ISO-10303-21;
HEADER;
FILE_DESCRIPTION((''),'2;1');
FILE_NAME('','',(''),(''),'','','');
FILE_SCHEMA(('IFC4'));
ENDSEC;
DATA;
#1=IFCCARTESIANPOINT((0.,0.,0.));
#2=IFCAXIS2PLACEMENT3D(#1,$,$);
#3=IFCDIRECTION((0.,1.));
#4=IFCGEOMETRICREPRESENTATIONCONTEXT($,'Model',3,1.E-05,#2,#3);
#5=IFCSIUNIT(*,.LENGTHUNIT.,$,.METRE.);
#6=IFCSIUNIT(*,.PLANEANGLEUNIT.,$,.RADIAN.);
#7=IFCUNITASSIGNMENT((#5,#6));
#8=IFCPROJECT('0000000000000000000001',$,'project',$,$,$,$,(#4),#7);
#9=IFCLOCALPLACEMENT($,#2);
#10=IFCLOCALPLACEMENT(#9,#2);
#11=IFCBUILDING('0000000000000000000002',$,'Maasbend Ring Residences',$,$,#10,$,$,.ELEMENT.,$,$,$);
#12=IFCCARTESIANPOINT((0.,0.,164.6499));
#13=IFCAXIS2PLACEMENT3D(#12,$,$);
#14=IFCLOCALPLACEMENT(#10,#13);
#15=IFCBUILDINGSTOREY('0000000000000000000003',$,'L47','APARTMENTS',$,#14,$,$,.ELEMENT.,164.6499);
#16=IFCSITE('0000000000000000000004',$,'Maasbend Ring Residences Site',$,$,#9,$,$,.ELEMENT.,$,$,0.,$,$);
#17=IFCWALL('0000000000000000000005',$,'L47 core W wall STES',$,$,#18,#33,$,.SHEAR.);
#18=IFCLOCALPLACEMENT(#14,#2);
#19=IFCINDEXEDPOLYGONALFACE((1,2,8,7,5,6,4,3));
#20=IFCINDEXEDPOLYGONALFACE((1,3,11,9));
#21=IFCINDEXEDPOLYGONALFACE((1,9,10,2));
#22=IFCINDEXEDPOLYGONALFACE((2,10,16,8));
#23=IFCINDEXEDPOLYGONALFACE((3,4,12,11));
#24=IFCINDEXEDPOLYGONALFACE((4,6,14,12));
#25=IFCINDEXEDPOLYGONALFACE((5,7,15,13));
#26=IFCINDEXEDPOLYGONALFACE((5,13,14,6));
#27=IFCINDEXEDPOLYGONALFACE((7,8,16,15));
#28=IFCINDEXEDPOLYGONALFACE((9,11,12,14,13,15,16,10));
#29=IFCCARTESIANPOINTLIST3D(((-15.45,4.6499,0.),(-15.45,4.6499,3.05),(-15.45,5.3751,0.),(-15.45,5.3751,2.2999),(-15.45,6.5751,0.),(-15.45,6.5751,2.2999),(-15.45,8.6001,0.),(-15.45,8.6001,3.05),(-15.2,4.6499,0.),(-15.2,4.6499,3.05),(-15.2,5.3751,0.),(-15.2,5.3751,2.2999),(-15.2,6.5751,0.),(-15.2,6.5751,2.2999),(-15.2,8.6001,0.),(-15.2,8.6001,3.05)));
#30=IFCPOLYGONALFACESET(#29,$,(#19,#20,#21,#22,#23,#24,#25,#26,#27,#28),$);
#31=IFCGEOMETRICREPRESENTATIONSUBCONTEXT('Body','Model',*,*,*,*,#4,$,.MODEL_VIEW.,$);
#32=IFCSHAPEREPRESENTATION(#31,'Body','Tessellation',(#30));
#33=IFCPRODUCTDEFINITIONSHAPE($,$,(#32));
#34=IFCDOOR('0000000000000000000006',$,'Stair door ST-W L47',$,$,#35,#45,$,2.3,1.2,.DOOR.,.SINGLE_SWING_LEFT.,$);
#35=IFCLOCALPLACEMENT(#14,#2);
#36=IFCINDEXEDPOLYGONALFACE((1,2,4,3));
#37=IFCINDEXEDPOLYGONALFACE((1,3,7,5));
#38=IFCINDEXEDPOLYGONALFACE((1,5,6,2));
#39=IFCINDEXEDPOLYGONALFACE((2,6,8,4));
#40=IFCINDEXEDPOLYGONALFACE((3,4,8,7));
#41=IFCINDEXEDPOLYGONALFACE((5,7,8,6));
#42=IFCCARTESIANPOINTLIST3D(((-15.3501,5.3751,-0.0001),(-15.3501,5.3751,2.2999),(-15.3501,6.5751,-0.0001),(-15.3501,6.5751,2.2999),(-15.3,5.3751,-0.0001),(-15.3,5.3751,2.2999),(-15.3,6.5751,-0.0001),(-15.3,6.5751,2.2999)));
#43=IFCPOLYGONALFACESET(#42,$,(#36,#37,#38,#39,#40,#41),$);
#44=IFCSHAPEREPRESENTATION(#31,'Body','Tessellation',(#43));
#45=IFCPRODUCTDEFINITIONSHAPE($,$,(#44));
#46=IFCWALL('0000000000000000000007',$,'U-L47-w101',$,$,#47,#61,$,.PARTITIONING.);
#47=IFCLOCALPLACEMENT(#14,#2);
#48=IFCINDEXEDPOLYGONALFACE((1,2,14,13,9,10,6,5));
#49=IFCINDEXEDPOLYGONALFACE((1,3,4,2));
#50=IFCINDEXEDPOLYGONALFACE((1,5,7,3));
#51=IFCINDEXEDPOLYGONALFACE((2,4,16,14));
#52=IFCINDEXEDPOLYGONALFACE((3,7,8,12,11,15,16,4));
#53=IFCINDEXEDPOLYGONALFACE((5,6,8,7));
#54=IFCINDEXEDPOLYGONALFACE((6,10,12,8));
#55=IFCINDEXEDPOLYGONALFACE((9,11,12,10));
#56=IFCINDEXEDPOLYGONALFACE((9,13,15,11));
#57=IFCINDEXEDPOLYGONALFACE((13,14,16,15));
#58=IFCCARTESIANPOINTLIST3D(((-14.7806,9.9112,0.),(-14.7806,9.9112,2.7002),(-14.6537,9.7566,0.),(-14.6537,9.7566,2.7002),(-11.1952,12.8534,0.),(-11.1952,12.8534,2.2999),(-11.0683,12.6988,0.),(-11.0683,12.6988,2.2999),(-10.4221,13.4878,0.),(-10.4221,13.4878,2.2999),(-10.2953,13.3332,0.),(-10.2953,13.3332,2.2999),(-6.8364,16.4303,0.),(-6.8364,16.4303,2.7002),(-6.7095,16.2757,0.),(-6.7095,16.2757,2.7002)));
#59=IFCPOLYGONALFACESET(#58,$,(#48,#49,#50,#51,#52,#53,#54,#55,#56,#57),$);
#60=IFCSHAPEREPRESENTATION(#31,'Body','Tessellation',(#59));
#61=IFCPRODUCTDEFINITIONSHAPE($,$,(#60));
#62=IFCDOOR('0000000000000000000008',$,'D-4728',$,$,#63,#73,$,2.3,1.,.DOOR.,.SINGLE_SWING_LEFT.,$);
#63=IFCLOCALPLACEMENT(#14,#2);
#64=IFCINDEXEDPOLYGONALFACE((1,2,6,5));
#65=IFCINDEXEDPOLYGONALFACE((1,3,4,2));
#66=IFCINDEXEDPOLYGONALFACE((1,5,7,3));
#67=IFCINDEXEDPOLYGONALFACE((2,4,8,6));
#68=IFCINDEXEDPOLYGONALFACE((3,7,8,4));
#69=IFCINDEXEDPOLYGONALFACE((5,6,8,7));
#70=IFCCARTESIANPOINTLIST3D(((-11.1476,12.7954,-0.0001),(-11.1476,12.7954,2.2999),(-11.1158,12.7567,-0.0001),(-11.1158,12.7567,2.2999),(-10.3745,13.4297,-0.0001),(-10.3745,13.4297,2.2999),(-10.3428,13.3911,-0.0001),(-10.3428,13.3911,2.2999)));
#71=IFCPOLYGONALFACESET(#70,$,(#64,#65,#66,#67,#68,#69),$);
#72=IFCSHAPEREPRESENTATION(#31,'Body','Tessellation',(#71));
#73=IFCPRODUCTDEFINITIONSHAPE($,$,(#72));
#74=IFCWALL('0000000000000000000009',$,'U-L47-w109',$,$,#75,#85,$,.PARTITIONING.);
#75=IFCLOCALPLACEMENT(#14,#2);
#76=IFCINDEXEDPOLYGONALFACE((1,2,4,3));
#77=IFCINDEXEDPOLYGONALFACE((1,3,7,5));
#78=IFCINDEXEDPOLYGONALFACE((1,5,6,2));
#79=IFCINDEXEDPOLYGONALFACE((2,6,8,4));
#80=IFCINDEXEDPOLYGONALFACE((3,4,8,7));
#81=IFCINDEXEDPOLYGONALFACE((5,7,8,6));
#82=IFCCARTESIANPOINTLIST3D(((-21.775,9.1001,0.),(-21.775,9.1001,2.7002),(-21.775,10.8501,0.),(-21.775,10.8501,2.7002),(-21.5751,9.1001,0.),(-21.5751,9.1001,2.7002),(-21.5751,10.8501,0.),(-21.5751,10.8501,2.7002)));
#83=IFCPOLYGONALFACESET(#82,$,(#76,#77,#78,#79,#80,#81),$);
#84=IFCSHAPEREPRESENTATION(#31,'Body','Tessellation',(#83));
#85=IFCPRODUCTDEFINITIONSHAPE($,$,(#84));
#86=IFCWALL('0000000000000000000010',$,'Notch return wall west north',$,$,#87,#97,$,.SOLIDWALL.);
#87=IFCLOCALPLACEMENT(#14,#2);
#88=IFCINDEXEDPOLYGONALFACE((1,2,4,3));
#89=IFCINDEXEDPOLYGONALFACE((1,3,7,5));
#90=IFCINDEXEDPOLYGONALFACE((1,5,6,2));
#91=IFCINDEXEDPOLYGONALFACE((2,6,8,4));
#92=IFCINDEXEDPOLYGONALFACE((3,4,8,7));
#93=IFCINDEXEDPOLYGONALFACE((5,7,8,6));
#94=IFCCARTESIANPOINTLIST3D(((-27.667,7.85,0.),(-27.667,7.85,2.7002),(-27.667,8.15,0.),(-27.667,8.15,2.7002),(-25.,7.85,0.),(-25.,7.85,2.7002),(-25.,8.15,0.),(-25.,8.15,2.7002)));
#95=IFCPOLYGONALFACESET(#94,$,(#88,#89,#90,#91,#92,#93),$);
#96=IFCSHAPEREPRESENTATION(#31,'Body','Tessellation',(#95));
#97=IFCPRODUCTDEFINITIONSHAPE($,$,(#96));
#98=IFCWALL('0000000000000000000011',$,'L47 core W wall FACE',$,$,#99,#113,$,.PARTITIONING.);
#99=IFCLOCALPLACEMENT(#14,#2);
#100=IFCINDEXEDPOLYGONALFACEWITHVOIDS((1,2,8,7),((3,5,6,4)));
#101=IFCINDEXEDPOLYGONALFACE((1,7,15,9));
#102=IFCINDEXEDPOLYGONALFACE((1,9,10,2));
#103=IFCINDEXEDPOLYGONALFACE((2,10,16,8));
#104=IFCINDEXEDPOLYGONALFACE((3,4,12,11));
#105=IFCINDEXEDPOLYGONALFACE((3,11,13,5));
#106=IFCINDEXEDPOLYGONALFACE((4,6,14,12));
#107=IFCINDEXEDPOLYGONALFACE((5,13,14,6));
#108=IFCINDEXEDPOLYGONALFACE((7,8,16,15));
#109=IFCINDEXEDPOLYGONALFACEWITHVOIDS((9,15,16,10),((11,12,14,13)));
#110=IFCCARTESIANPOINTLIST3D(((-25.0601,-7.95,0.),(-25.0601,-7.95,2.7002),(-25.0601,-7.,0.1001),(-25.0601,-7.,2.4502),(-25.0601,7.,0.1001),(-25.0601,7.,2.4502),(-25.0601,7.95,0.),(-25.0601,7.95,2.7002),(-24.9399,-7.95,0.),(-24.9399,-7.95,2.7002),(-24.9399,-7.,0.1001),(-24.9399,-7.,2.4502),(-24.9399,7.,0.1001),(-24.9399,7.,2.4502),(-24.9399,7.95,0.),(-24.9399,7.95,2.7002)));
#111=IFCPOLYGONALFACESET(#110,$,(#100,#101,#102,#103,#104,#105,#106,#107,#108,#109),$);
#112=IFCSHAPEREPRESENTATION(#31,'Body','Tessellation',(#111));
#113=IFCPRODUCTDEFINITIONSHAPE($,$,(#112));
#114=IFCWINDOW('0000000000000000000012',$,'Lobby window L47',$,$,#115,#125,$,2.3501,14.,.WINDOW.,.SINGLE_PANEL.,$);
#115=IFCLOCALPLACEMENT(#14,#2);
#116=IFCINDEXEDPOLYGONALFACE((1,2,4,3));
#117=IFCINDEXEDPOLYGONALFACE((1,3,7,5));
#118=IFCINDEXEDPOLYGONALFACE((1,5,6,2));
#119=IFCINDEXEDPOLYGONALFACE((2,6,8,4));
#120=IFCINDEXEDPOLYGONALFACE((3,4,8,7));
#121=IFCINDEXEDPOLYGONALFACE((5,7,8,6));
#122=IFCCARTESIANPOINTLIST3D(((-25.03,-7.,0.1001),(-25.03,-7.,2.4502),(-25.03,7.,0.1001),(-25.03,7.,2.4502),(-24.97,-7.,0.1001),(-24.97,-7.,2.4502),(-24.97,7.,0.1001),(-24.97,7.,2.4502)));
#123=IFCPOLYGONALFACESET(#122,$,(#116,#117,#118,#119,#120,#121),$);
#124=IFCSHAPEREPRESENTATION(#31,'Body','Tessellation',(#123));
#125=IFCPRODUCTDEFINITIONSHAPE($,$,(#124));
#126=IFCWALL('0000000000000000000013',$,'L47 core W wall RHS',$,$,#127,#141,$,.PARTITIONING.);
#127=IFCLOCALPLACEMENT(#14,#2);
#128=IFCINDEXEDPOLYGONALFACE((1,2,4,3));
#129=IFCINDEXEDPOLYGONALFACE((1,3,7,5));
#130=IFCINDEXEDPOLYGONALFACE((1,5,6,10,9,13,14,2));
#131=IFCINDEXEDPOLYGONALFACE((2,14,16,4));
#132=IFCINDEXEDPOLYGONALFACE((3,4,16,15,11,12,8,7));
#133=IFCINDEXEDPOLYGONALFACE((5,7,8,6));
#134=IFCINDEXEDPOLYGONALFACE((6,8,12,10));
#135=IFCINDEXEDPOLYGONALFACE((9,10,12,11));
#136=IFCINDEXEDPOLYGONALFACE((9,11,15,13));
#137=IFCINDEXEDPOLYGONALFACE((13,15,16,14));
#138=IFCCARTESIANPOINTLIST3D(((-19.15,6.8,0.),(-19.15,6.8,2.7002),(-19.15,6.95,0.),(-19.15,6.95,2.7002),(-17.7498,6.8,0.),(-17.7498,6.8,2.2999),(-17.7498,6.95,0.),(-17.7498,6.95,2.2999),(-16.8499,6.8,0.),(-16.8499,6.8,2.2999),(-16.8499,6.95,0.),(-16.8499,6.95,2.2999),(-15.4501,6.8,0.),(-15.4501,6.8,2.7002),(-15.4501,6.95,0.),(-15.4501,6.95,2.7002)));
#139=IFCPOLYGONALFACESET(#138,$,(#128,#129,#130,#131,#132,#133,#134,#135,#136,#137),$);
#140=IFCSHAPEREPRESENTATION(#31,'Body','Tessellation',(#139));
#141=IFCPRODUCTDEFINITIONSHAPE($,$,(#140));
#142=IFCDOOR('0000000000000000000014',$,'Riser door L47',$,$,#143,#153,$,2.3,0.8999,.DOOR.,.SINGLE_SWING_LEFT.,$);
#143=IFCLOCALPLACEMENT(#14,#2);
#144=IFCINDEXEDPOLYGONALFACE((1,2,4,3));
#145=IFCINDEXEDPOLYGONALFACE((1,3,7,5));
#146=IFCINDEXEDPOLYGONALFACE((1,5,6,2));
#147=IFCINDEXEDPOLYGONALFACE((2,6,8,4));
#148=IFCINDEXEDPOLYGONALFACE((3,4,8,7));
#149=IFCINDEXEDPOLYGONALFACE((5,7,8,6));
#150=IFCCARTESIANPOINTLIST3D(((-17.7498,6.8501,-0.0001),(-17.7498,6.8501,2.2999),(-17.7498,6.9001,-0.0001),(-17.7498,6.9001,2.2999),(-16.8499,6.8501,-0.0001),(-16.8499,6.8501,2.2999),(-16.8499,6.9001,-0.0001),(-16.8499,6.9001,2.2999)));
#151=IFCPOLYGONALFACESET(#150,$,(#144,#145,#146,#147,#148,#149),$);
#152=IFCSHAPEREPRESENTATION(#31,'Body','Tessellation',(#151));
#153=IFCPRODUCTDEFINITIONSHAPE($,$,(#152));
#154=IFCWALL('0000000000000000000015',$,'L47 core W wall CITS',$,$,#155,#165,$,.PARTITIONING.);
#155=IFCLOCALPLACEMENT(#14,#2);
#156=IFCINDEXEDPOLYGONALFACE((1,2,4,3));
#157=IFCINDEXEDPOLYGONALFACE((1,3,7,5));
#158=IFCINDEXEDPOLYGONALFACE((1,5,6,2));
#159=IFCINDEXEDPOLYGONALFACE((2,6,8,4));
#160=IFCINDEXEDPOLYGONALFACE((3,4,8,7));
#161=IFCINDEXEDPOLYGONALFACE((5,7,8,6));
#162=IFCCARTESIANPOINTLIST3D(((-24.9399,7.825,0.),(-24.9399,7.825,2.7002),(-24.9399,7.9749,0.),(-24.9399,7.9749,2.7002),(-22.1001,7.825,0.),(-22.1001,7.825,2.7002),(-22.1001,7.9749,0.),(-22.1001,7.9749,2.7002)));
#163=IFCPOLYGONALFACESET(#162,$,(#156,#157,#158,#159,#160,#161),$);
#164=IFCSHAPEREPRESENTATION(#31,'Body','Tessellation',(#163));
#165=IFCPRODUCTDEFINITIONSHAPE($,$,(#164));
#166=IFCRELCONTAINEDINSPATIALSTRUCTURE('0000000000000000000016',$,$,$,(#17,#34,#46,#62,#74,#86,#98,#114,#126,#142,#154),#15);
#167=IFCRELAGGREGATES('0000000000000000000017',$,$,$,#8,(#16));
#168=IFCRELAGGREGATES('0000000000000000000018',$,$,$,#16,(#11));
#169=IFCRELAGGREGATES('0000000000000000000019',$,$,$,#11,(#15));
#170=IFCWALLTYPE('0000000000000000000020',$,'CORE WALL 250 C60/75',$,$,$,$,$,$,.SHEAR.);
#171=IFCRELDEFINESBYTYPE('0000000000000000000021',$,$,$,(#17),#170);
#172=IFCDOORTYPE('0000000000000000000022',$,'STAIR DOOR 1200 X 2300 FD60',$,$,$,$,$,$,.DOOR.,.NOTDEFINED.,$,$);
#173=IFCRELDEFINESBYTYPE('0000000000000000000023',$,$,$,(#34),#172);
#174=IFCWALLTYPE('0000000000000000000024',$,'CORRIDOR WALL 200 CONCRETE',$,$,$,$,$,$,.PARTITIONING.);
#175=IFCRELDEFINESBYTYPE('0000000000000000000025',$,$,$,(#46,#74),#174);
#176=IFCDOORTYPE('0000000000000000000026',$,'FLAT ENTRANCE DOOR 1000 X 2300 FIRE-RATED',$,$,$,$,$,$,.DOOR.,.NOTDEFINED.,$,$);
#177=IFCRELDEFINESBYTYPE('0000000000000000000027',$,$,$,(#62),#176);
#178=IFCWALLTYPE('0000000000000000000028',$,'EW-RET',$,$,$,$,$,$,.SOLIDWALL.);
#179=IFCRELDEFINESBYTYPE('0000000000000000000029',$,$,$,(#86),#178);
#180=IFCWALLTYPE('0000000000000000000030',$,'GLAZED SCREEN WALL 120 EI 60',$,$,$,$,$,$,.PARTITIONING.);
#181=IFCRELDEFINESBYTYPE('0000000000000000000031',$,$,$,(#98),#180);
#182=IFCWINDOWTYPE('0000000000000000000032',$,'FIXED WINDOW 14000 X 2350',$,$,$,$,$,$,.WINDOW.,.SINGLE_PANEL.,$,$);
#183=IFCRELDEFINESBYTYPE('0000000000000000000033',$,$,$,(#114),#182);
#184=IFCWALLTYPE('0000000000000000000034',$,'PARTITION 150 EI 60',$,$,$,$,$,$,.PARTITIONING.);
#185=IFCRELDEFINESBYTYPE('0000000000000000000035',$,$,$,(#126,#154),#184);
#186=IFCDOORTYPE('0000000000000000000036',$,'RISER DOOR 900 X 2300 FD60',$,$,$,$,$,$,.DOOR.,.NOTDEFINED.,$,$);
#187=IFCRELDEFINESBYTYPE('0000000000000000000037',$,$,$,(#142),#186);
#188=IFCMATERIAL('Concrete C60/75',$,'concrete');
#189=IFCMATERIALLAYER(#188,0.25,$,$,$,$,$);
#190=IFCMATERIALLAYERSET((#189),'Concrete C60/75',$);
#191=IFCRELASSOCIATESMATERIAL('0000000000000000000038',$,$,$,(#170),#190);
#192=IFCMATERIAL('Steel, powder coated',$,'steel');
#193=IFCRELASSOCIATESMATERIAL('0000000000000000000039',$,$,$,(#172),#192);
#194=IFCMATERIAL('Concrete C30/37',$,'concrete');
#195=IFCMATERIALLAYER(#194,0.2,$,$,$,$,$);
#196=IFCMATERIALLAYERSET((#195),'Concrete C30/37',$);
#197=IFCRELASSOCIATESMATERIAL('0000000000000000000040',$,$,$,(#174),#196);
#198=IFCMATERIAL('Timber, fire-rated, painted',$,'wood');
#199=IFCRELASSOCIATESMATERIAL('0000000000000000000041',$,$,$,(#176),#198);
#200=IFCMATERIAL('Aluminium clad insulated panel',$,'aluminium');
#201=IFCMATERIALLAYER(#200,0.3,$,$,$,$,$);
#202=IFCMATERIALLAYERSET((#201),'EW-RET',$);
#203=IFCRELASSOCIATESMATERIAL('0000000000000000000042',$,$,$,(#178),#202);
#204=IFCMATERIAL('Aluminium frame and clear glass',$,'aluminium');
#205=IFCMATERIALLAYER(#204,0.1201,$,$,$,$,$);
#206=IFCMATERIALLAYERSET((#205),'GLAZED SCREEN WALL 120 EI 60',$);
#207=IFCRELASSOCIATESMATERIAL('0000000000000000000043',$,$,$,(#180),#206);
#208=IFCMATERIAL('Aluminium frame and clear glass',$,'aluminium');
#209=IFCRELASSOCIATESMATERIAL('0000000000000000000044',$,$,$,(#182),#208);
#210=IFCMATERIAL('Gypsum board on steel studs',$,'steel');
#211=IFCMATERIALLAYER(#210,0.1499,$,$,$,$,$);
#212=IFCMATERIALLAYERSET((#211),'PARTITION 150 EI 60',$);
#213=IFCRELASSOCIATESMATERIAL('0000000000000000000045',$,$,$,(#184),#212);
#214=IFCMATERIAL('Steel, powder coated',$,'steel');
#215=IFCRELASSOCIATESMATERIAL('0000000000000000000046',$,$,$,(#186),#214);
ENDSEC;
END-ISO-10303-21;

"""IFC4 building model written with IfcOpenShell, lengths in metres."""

from ifc_helpers import new_model, si_unit, direction, frame, frame_2d, origin, place, context, subcontext, project, spatial, rectangle, extrude, material, layer, layer_set, type_object, element, fill, save


model = new_model("IFC4")

# Units and contexts
model_context = context("Model", 3, precision=1e-05, world=origin(), true_north=direction((0.0, 1.0)))
body_context = subcontext(model_context, "Body", "Model", "MODEL_VIEW")
ifc_project = project(units=[si_unit("LENGTHUNIT", "METRE"), si_unit("PLANEANGLEUNIT", "RADIAN")], contexts=[model_context])

# Site, building, storey
site_placement = place(None, origin())
site = spatial("IfcSite", under=ifc_project, at=site_placement, Name="Maasbend Ring Residences Site", CompositionType="ELEMENT", RefElevation=0.0)
building_placement = place(site_placement, origin())
building = spatial("IfcBuilding", under=site, at=building_placement, Name="Maasbend Ring Residences", CompositionType="ELEMENT")
storey_placement = place(building_placement, frame((0.0, 0.0, 164.6499)))
storey = spatial("IfcBuildingStorey", under=building, at=storey_placement, Name="L47", Description="APARTMENTS", CompositionType="ELEMENT", Elevation=164.6499)

# Walls, openings, doors
ifc_material_1 = material(Name="Concrete C60/75", Category="concrete")
ifc_layer_1 = layer(ifc_material_1, 0.25)
ifc_layer_set_1 = layer_set([ifc_layer_1], Name="Concrete C60/75")
wall_type_1 = type_object("IfcWallType", Name="CORE WALL 250 C60/75", PredefinedType="SHEAR", material=ifc_layer_set_1)
wall_1_placement = place(storey_placement, frame((-15.325, 8.6001, 0.0), z_axis=(0.0, 0.0, 1.0), x_axis=(0.0, -1.0, 0.0)))
wall_1 = element("IfcWall", 1, at=wall_1_placement, inside=storey, type_object=wall_type_1, Name="L47 core W wall STES", PredefinedType="SHEAR", context=body_context, shape_type="SweptSolid", body=[
    extrude(rectangle(XDim=3.9502, YDim=0.25, at=frame_2d((1.9751, 0.0))), origin(), (0.0, 0.0, 1.0), 3.05),
])
opening_1_placement = place(wall_1_placement, frame((2.0249, 0.0, 0.0)))
opening_1 = element("IfcOpeningElement", 2, at=opening_1_placement, cuts=wall_1, PredefinedType="OPENING", context=body_context, shape_type="SweptSolid", body=[
    extrude(rectangle(XDim=1.2, YDim=2.3, at=frame_2d((0.6001, 1.1499))), frame((0.0, 0.135, 0.0), z_axis=(0.0, -1.0, 0.0), x_axis=(1.0, 0.0, 0.0)), (0.0, 0.0, 1.0), 0.27),
])
ifc_material_2 = material(Name="Steel, powder coated", Category="steel")
door_type_1 = type_object("IfcDoorType", Name="STAIR DOOR 1200 X 2300 FD60", OperationType="NOTDEFINED", PredefinedType="DOOR", material=ifc_material_2)
door_1_placement = place(opening_1_placement, origin())
door_1 = element("IfcDoor", 3, at=door_1_placement, inside=storey, type_object=door_type_1, Name="Stair door ST-W L47", OperationType="SINGLE_SWING_LEFT", OverallHeight=2.3, OverallWidth=1.2, PredefinedType="DOOR", context=body_context, shape_type="SweptSolid", body=[
    extrude(rectangle(XDim=1.2, YDim=2.3, at=frame_2d((0.6001, 1.1499))), frame((0.0, 0.0249, 0.0), z_axis=(0.0, -1.0, 0.0), x_axis=(1.0, 0.0, 0.0)), (0.0, 0.0, 1.0), 0.05),
])
fill(opening_1, door_1)
ifc_material_3 = material(Name="Concrete C30/37", Category="concrete")
ifc_layer_2 = layer(ifc_material_3, 0.2)
ifc_layer_set_2 = layer_set([ifc_layer_2], Name="Concrete C30/37")
wall_type_2 = type_object("IfcWallType", Name="CORRIDOR WALL 200 CONCRETE", PredefinedType="PARTITIONING", material=ifc_layer_set_2)
wall_2_placement = place(storey_placement, frame((-14.717, 9.834, 0.0), z_axis=(0.0, 0.0, 1.0), x_axis=(0.773035, 0.634364, 0.0)))
wall_2 = element("IfcWall", 4, at=wall_2_placement, inside=storey, type_object=wall_type_2, Name="U-L47-w101", PredefinedType="PARTITIONING", context=body_context, shape_type="SweptSolid", body=[
    extrude(rectangle(XDim=10.2766, YDim=0.2, at=frame_2d((5.1382, 0.0))), origin(), (0.0, 0.0, 1.0), 2.7002),
])
opening_2_placement = place(wall_2_placement, frame((4.6379, 0.0, 0.0)))
opening_2 = element("IfcOpeningElement", 5, at=opening_2_placement, cuts=wall_2, PredefinedType="OPENING", context=body_context, shape_type="SweptSolid", body=[
    extrude(rectangle(XDim=1.0, YDim=2.3, at=frame_2d((0.5, 1.1499))), frame((0.0, 0.1099, 0.0), z_axis=(0.0, -1.0, 0.0), x_axis=(1.0, 0.0, 0.0)), (0.0, 0.0, 1.0), 0.22),
])
ifc_material_4 = material(Name="Timber, fire-rated, painted", Category="wood")
door_type_2 = type_object("IfcDoorType", Name="FLAT ENTRANCE DOOR 1000 X 2300 FIRE-RATED", OperationType="NOTDEFINED", PredefinedType="DOOR", material=ifc_material_4)
door_2_placement = place(opening_2_placement, origin())
door_2 = element("IfcDoor", 6, at=door_2_placement, inside=storey, type_object=door_type_2, Name="D-4728", OperationType="SINGLE_SWING_LEFT", OverallHeight=2.3, OverallWidth=1.0, PredefinedType="DOOR", context=body_context, shape_type="SweptSolid", body=[
    extrude(rectangle(XDim=1.0, YDim=2.3, at=frame_2d((0.5, 1.1499))), frame((0.0, 0.0249, 0.0), z_axis=(0.0, -1.0, 0.0), x_axis=(1.0, 0.0, 0.0)), (0.0, 0.0, 1.0), 0.05),
])
fill(opening_2, door_2)

# Walls
wall_3_placement = place(storey_placement, frame((-21.675, 9.1001, 0.0), z_axis=(0.0, 0.0, 1.0), x_axis=(0.0, 1.0, 0.0)))
element("IfcWall", 7, at=wall_3_placement, inside=storey, type_object=wall_type_2, Name="U-L47-w109", PredefinedType="PARTITIONING", context=body_context, shape_type="SweptSolid", body=[
    extrude(rectangle(XDim=1.75, YDim=0.2, at=frame_2d((0.875, 0.0))), origin(), (0.0, 0.0, 1.0), 2.7002),
])
ifc_material_5 = material(Name="Aluminium clad insulated panel", Category="aluminium")
ifc_layer_3 = layer(ifc_material_5, 0.3)
ifc_layer_set_3 = layer_set([ifc_layer_3], Name="EW-RET")
wall_type_3 = type_object("IfcWallType", Name="EW-RET", PredefinedType="SOLIDWALL", material=ifc_layer_set_3)
wall_4_placement = place(storey_placement, frame((-25.0, 8.0, 0.0), z_axis=(0.0, 0.0, 1.0), x_axis=(-1.0, 0.0, 0.0)))
element("IfcWall", 8, at=wall_4_placement, inside=storey, type_object=wall_type_3, Name="Notch return wall west north", PredefinedType="SOLIDWALL", context=body_context, shape_type="SweptSolid", body=[
    extrude(rectangle(XDim=2.667, YDim=0.3, at=frame_2d((1.3335, 0.0))), origin(), (0.0, 0.0, 1.0), 2.7002),
])

# Wall, opening, window
ifc_material_6 = material(Name="Aluminium frame and clear glass", Category="aluminium")
ifc_layer_4 = layer(ifc_material_6, 0.1201)
ifc_layer_set_4 = layer_set([ifc_layer_4], Name="GLAZED SCREEN WALL 120 EI 60")
wall_type_4 = type_object("IfcWallType", Name="GLAZED SCREEN WALL 120 EI 60", PredefinedType="PARTITIONING", material=ifc_layer_set_4)
wall_5_placement = place(storey_placement, frame((-25.0, 7.95, 0.0), z_axis=(0.0, 0.0, 1.0), x_axis=(0.0, -1.0, 0.0)))
wall_5 = element("IfcWall", 9, at=wall_5_placement, inside=storey, type_object=wall_type_4, Name="L47 core W wall FACE", PredefinedType="PARTITIONING", context=body_context, shape_type="SweptSolid", body=[
    extrude(rectangle(XDim=15.8999, YDim=0.1201, at=frame_2d((7.95, 0.0))), origin(), (0.0, 0.0, 1.0), 2.7002),
])
opening_3_placement = place(wall_5_placement, frame((0.95, 0.0, 0.1001)))
opening_3 = element("IfcOpeningElement", 10, at=opening_3_placement, cuts=wall_5, PredefinedType="OPENING", context=body_context, shape_type="SweptSolid", body=[
    extrude(rectangle(XDim=14.0, YDim=2.3501, at=frame_2d((7.0, 1.175))), frame((0.0, 0.0701, 0.0), z_axis=(0.0, -1.0, 0.0), x_axis=(1.0, 0.0, 0.0)), (0.0, 0.0, 1.0), 0.1401),
])
ifc_material_7 = material(Name="Aluminium frame and clear glass", Category="aluminium")
window_type = type_object("IfcWindowType", Name="FIXED WINDOW 14000 X 2350", PartitioningType="SINGLE_PANEL", PredefinedType="WINDOW", material=ifc_material_7)
window_placement = place(opening_3_placement, origin())
window = element("IfcWindow", 11, at=window_placement, inside=storey, type_object=window_type, Name="Lobby window L47", OverallHeight=2.3501, OverallWidth=14.0, PartitioningType="SINGLE_PANEL", PredefinedType="WINDOW", context=body_context, shape_type="SweptSolid", body=[
    extrude(rectangle(XDim=14.0, YDim=2.3501, at=frame_2d((7.0, 1.175))), frame((0.0, 0.03, 0.0), z_axis=(0.0, -1.0, 0.0), x_axis=(1.0, 0.0, 0.0)), (0.0, 0.0, 1.0), 0.0601),
])
fill(opening_3, window)

# Wall, opening, door
ifc_material_8 = material(Name="Gypsum board on steel studs", Category="steel")
ifc_layer_5 = layer(ifc_material_8, 0.1499)
ifc_layer_set_5 = layer_set([ifc_layer_5], Name="PARTITION 150 EI 60")
wall_type_5 = type_object("IfcWallType", Name="PARTITION 150 EI 60", PredefinedType="PARTITIONING", material=ifc_layer_set_5)
wall_6_placement = place(storey_placement, frame((-15.45, 6.875, 0.0), z_axis=(0.0, 0.0, 1.0), x_axis=(-1.0, 0.0, 0.0)))
wall_6 = element("IfcWall", 12, at=wall_6_placement, inside=storey, type_object=wall_type_5, Name="L47 core W wall RHS", PredefinedType="PARTITIONING", context=body_context, shape_type="SweptSolid", body=[
    extrude(rectangle(XDim=3.7, YDim=0.1499, at=frame_2d((1.8501, 0.0))), origin(), (0.0, 0.0, 1.0), 2.7002),
])
opening_4_placement = place(wall_6_placement, frame((1.3999, 0.0, 0.0)))
opening_4 = element("IfcOpeningElement", 13, at=opening_4_placement, cuts=wall_6, PredefinedType="OPENING", context=body_context, shape_type="SweptSolid", body=[
    extrude(rectangle(XDim=0.8999, YDim=2.3, at=frame_2d((0.45, 1.1499))), frame((0.0, 0.085, 0.0), z_axis=(0.0, -1.0, 0.0), x_axis=(1.0, 0.0, 0.0)), (0.0, 0.0, 1.0), 0.1699),
])
ifc_material_9 = material(Name="Steel, powder coated", Category="steel")
door_type_3 = type_object("IfcDoorType", Name="RISER DOOR 900 X 2300 FD60", OperationType="NOTDEFINED", PredefinedType="DOOR", material=ifc_material_9)
door_3_placement = place(opening_4_placement, origin())
door_3 = element("IfcDoor", 14, at=door_3_placement, inside=storey, type_object=door_type_3, Name="Riser door L47", OperationType="SINGLE_SWING_LEFT", OverallHeight=2.3, OverallWidth=0.8999, PredefinedType="DOOR", context=body_context, shape_type="SweptSolid", body=[
    extrude(rectangle(XDim=0.8999, YDim=2.3, at=frame_2d((0.45, 1.1499))), frame((0.0, 0.0249, 0.0), z_axis=(0.0, -1.0, 0.0), x_axis=(1.0, 0.0, 0.0)), (0.0, 0.0, 1.0), 0.05),
])
fill(opening_4, door_3)

# Wall
wall_7_placement = place(storey_placement, frame((-22.1001, 7.8999, 0.0), z_axis=(0.0, 0.0, 1.0), x_axis=(-1.0, 0.0, 0.0)))
element("IfcWall", 15, at=wall_7_placement, inside=storey, type_object=wall_type_5, Name="L47 core W wall CITS", PredefinedType="PARTITIONING", context=body_context, shape_type="SweptSolid", body=[
    extrude(rectangle(XDim=2.8398, YDim=0.1499, at=frame_2d((1.4199, 0.0))), origin(), (0.0, 0.0, 1.0), 2.7002),
])

save(model, "model.ifc")
